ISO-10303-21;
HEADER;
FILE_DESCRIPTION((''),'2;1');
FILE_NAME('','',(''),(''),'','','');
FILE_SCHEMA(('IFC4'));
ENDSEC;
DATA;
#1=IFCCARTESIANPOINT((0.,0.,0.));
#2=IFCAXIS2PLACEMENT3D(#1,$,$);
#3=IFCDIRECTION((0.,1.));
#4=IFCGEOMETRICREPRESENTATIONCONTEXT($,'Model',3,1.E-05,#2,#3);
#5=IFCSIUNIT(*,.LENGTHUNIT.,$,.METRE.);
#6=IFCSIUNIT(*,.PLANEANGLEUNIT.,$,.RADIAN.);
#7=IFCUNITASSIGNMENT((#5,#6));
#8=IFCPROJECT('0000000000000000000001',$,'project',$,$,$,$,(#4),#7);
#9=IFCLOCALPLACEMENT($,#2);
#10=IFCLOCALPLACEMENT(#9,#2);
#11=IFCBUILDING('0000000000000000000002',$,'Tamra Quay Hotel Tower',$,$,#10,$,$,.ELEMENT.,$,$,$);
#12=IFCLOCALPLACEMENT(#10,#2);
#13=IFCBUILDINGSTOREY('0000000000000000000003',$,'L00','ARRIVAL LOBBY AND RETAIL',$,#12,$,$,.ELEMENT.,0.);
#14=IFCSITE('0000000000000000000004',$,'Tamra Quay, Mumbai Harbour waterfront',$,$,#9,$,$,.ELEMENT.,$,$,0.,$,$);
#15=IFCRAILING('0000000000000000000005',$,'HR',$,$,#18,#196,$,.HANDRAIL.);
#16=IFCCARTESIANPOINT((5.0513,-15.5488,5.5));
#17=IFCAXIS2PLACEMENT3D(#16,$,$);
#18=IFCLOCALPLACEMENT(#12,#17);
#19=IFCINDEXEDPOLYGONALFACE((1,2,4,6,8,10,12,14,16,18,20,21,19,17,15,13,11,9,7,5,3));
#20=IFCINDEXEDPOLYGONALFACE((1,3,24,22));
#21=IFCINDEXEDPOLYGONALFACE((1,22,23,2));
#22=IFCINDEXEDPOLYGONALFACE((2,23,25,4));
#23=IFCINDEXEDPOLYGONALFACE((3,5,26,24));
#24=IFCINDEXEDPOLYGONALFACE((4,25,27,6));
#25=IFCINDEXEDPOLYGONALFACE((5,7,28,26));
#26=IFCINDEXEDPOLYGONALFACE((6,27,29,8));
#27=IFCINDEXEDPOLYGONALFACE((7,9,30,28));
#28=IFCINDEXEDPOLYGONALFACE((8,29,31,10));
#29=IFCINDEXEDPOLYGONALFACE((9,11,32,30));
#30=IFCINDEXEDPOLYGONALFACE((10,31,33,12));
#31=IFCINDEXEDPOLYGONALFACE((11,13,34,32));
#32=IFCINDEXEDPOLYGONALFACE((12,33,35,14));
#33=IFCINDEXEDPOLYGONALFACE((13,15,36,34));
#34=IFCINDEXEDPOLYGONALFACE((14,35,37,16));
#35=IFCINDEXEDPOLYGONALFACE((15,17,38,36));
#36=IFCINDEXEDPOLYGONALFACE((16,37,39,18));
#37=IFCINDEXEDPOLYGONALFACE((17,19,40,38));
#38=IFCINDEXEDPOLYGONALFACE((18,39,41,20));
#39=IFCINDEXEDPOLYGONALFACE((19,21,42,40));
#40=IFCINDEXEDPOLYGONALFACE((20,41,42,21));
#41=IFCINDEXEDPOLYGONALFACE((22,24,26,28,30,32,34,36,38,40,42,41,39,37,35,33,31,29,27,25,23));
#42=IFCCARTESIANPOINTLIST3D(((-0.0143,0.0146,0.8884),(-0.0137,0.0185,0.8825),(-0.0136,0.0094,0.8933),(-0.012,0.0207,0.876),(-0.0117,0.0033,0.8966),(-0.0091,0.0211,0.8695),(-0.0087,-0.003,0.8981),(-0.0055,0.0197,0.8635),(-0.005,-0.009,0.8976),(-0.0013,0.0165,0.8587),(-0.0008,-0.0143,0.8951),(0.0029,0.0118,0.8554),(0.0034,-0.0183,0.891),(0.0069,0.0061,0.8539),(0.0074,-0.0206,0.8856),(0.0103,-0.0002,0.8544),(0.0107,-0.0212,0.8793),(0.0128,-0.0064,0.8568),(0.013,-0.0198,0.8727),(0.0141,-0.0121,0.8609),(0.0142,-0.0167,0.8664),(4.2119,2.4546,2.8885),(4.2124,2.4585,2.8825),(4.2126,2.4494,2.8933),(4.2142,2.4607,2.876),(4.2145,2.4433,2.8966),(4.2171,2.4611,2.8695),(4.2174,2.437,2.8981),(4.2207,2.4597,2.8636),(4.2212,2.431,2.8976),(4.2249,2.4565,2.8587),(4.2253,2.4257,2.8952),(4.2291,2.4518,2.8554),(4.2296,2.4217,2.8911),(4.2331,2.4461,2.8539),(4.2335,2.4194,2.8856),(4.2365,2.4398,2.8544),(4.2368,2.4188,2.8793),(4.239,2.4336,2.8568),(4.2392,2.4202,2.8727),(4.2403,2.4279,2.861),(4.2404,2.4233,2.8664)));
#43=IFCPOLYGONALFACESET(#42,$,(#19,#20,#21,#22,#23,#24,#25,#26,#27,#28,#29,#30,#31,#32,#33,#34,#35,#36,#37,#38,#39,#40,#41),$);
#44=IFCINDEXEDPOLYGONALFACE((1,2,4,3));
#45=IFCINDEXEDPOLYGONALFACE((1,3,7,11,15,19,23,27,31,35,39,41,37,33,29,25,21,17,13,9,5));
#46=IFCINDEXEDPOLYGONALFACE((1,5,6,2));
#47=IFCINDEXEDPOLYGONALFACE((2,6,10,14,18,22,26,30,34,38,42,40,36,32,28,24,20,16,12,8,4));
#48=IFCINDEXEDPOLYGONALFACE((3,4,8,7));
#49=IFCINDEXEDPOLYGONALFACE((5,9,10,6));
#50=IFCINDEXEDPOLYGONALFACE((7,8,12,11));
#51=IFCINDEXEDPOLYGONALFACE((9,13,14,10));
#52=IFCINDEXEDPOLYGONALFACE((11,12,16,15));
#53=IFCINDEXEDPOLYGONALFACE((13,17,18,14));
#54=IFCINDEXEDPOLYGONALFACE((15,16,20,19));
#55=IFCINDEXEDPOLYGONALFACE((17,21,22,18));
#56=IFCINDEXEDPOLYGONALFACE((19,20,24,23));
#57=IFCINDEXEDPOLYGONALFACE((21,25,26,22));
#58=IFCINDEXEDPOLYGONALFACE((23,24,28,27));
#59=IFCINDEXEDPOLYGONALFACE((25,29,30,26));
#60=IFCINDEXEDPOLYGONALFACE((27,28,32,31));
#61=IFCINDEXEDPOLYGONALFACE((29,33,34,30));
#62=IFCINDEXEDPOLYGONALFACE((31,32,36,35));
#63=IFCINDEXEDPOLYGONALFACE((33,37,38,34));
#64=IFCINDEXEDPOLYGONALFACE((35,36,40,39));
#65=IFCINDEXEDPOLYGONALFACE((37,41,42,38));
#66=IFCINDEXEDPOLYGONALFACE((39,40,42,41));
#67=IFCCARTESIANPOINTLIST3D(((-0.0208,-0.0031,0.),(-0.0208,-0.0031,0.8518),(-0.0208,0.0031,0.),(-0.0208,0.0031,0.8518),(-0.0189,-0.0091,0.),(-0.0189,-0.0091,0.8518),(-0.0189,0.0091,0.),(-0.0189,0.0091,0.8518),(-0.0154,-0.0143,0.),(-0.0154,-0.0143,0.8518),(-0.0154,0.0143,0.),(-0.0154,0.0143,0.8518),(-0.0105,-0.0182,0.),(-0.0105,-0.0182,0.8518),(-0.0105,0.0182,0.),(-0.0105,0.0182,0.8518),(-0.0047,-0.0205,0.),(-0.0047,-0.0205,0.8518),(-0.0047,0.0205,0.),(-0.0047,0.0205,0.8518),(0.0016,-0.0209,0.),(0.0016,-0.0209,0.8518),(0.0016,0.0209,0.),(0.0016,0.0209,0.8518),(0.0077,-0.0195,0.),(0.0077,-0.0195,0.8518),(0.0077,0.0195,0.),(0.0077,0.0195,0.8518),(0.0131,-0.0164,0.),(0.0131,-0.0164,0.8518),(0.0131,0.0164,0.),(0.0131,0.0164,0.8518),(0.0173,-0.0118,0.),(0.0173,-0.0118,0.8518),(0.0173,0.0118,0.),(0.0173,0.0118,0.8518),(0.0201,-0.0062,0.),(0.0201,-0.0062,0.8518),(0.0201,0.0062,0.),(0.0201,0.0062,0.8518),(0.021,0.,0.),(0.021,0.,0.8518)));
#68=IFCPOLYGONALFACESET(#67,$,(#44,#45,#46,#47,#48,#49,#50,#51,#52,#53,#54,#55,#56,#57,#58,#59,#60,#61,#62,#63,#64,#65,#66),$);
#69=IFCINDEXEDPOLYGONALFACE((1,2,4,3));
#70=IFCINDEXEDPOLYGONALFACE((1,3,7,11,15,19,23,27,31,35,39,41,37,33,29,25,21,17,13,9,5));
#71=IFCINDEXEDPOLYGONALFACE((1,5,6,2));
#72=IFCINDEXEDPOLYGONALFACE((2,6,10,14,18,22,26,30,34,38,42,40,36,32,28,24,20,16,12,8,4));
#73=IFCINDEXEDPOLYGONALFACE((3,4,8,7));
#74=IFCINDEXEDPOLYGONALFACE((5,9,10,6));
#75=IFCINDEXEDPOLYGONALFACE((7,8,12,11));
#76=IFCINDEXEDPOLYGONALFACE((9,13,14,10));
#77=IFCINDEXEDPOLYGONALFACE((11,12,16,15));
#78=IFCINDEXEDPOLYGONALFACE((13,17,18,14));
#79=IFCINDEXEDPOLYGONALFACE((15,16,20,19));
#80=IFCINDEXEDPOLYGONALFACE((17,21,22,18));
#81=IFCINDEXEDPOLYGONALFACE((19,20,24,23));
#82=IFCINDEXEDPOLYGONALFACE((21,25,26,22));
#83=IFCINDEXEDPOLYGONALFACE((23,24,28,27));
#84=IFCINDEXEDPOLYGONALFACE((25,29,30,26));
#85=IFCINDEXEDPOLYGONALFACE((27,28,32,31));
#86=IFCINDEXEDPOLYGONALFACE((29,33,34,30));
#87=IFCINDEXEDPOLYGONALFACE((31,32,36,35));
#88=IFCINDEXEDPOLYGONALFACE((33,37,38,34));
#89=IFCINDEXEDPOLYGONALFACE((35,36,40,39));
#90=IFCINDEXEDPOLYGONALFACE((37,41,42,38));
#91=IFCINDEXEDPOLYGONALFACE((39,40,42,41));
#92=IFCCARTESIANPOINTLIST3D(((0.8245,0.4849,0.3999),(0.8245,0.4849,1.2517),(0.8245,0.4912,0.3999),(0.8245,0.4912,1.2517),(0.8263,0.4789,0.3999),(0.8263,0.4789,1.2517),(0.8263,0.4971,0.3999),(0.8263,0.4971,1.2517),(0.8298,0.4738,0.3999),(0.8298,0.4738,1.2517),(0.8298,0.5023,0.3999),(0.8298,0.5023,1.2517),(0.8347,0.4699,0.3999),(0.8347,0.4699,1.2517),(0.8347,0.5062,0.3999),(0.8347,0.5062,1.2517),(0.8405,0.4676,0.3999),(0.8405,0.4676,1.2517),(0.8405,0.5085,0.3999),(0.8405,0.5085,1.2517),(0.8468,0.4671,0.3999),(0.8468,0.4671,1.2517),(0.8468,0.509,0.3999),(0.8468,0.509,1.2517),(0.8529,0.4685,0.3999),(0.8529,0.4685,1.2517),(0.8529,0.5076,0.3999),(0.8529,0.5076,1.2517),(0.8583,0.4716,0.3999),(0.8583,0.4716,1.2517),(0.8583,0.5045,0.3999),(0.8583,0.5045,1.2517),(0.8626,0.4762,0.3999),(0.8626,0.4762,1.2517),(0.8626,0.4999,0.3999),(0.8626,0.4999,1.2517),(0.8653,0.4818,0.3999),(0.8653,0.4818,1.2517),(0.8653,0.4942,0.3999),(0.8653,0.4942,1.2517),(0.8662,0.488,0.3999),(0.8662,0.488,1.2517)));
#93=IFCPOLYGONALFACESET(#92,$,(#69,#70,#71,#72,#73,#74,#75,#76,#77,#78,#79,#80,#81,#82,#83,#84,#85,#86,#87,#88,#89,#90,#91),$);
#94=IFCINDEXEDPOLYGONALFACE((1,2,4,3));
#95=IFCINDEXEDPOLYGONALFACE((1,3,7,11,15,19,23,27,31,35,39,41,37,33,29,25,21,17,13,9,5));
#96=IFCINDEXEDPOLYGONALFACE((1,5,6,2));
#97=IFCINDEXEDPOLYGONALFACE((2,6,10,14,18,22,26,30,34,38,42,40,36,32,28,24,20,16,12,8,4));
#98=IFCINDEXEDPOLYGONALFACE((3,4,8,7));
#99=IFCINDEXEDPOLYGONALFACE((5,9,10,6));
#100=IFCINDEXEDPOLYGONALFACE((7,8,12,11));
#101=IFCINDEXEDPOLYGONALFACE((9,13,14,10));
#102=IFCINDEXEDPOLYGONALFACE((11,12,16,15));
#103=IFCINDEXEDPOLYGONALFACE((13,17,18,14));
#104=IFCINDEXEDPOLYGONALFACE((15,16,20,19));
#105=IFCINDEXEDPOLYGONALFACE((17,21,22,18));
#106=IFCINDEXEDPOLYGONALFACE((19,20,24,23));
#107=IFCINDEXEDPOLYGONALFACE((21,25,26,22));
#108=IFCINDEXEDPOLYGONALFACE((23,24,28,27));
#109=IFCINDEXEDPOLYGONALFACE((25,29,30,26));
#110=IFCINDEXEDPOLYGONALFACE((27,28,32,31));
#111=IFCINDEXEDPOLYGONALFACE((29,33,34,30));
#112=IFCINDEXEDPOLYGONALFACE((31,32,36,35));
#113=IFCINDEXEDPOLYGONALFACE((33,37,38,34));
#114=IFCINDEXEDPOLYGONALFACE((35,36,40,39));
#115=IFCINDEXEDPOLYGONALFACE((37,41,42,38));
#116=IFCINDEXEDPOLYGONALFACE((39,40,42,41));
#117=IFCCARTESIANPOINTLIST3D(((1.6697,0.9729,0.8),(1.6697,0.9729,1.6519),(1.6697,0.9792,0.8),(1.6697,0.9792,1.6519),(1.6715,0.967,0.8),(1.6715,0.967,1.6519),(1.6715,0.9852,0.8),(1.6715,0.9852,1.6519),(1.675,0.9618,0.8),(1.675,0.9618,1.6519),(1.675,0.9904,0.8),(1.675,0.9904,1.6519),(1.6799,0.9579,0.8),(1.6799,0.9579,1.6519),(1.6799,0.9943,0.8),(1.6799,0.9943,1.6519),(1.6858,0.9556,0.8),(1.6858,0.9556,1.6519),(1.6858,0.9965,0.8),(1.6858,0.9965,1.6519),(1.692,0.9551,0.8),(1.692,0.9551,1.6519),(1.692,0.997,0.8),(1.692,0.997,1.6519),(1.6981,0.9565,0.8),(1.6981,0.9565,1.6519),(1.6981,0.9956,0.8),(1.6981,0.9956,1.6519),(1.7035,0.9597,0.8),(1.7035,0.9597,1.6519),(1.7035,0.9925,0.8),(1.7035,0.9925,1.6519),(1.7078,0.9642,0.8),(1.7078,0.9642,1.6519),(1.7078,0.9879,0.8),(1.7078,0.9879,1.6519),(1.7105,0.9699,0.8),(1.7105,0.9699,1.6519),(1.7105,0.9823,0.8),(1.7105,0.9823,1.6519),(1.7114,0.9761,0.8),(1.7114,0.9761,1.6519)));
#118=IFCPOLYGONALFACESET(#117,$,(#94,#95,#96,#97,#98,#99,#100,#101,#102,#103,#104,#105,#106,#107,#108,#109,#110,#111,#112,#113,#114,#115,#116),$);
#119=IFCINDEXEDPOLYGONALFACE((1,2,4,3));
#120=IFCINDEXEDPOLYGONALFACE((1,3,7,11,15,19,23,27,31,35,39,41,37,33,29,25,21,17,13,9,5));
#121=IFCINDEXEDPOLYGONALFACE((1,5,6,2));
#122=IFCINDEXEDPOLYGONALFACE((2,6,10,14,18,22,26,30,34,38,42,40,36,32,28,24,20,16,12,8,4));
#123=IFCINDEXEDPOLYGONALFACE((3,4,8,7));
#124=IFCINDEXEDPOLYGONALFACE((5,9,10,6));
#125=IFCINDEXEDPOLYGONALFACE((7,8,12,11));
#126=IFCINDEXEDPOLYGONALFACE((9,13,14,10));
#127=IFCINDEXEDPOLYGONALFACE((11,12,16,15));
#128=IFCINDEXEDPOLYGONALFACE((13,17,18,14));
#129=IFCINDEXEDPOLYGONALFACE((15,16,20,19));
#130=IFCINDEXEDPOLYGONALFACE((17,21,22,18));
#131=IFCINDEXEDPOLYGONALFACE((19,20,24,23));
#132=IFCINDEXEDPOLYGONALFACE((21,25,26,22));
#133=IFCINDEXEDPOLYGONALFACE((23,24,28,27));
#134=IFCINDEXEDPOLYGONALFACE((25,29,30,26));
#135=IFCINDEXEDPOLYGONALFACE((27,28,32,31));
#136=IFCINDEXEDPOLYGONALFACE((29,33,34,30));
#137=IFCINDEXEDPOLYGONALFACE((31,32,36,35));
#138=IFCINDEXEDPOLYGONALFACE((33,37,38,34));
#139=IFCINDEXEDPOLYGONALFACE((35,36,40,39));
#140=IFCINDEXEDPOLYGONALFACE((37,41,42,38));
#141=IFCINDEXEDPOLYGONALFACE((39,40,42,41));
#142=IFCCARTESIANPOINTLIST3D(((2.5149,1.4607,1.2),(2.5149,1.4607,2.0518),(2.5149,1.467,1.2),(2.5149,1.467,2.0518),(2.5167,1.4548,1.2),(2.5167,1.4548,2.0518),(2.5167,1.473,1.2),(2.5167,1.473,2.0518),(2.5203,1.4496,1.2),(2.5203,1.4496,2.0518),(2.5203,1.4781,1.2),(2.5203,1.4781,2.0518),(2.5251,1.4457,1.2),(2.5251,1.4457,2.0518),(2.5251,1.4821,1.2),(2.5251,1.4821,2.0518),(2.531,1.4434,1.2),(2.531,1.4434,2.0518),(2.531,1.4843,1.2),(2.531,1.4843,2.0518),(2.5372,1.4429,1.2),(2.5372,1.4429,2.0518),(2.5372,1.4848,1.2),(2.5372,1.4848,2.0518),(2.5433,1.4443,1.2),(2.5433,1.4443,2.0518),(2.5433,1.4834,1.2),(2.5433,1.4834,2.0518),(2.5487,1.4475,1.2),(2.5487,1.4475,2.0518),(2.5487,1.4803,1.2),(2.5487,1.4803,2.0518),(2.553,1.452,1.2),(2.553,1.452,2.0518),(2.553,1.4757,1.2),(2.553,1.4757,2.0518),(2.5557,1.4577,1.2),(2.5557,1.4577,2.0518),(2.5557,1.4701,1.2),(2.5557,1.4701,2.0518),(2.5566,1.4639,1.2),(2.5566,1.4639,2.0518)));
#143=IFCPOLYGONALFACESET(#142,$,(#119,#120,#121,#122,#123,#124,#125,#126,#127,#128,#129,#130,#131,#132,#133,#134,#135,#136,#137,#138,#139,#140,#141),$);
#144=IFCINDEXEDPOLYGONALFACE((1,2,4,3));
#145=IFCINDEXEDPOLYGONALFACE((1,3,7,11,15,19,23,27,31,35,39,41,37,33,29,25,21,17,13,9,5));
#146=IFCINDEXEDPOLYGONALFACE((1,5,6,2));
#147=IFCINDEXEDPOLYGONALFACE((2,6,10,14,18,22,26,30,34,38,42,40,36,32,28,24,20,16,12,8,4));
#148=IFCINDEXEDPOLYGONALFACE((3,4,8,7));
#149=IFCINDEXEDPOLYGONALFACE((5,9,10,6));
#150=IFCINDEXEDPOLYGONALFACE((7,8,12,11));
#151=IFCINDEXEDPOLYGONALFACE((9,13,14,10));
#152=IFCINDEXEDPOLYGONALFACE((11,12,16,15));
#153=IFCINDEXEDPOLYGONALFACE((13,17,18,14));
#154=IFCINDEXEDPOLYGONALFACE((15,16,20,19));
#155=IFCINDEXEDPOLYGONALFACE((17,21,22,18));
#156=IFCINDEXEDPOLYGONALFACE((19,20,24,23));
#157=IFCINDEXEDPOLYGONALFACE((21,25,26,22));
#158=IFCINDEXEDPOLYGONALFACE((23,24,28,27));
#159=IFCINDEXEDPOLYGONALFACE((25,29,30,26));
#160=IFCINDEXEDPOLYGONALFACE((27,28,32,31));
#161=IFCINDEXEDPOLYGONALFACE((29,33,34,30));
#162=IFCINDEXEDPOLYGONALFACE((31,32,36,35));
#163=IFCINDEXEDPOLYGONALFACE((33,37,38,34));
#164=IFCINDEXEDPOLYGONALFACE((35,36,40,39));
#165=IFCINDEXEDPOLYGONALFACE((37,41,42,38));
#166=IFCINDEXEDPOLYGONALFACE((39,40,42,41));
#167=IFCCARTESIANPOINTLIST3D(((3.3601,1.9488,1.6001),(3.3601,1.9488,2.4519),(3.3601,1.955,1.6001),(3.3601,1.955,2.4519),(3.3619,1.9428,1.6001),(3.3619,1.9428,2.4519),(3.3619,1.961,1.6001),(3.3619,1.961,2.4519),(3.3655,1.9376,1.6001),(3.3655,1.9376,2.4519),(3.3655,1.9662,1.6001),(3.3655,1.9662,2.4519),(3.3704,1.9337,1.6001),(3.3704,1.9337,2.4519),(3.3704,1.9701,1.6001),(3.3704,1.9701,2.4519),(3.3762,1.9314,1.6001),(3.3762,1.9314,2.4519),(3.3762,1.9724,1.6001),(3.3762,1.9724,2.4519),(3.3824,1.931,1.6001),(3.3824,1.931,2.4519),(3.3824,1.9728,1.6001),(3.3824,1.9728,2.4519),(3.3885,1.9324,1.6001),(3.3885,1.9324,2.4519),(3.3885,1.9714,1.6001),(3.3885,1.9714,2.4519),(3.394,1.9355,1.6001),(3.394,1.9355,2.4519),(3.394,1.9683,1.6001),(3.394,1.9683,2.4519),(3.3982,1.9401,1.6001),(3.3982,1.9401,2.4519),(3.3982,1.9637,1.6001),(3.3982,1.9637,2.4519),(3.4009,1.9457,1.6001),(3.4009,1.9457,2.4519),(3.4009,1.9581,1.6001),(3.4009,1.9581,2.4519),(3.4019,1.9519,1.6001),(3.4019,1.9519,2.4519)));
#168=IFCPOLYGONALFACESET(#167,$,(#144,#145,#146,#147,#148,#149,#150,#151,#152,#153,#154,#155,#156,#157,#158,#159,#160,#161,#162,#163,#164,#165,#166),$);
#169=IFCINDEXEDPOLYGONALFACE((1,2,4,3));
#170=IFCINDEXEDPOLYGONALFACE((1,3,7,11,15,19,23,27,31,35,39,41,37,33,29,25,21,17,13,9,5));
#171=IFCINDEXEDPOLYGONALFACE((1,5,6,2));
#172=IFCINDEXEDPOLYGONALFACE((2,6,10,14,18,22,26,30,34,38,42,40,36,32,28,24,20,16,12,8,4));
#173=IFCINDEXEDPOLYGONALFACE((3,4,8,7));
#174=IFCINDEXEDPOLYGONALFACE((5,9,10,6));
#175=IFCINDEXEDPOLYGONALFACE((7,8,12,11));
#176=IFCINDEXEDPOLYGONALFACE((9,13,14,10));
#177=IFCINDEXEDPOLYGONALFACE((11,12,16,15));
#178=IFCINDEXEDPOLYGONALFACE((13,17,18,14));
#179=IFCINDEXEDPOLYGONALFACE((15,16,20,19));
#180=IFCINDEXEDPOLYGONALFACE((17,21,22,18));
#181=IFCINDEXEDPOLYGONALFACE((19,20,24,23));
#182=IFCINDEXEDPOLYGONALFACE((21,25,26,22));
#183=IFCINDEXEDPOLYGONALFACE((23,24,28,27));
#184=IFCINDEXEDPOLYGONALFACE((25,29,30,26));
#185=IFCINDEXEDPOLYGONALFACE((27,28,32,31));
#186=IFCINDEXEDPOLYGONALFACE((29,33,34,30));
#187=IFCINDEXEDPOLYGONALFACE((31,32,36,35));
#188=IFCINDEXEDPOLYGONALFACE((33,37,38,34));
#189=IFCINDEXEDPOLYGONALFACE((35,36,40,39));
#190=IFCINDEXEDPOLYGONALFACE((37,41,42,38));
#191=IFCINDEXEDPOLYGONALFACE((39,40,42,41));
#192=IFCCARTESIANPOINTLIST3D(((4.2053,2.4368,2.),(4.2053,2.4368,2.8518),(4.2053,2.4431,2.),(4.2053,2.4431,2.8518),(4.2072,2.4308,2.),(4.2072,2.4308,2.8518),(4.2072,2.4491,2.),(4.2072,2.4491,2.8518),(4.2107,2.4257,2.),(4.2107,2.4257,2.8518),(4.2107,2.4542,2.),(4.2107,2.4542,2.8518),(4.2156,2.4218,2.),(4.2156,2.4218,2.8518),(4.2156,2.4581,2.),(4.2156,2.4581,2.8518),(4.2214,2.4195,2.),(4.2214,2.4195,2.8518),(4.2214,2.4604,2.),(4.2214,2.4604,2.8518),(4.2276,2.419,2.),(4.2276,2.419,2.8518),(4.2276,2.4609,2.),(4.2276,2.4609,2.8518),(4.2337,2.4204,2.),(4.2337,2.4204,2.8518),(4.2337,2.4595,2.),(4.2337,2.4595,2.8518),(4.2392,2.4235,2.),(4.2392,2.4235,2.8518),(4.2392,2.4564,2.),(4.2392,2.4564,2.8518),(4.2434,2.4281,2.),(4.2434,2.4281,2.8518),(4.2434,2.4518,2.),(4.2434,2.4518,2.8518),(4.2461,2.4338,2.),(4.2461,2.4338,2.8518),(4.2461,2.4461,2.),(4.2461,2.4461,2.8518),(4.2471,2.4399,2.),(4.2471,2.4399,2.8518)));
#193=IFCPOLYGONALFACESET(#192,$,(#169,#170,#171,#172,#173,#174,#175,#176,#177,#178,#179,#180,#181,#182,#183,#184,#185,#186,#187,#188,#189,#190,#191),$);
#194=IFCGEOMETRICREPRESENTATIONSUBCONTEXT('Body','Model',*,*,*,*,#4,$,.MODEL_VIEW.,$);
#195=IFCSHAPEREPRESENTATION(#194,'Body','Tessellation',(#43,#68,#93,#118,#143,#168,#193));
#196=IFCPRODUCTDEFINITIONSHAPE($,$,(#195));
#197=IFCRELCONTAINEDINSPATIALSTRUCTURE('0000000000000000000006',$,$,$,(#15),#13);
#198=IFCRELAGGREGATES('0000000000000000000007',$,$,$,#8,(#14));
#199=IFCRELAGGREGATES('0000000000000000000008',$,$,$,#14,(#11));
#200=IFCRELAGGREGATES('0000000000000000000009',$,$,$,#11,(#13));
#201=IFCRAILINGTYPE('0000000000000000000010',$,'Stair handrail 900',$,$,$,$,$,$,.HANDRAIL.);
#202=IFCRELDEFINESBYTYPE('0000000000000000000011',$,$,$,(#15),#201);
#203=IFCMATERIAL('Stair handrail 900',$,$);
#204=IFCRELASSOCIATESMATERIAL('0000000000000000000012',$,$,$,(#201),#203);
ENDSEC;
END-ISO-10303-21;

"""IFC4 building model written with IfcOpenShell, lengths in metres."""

from ifc_helpers import new_model, si_unit, direction, frame, origin, origin_2d, place, context, subcontext, project, spatial, circle, extrude, material, type_object, element, save


model = new_model("IFC4")

# Units and contexts
model_context = context("Model", 3, precision=1e-05, world=origin(), true_north=direction((0.0, 1.0)))
body_context = subcontext(model_context, "Body", "Model", "MODEL_VIEW")
ifc_project = project(units=[si_unit("LENGTHUNIT", "METRE"), si_unit("PLANEANGLEUNIT", "RADIAN")], contexts=[model_context])

# Site, building, storey
site_placement = place(None, origin())
site = spatial("IfcSite", under=ifc_project, at=site_placement, Name="Tamra Quay, Mumbai Harbour waterfront", CompositionType="ELEMENT", RefElevation=0.0)
building_placement = place(site_placement, origin())
building = spatial("IfcBuilding", under=site, at=building_placement, Name="Tamra Quay Hotel Tower", CompositionType="ELEMENT")
storey_placement = place(building_placement, origin())
storey = spatial("IfcBuildingStorey", under=building, at=storey_placement, Name="L00", Description="ARRIVAL LOBBY AND RETAIL", CompositionType="ELEMENT", Elevation=0.0)

# Railing
ifc_material_1 = material(Name="Stair handrail 900")
railing_type_1 = type_object("IfcRailingType", Name="Stair handrail 900", PredefinedType="HANDRAIL", material=ifc_material_1)
railing_1_placement = place(storey_placement, frame((5.0513, -15.5488, 5.5)))
element("IfcRailing", 1, at=railing_1_placement, inside=storey, type_object=railing_type_1, Name="HR", PredefinedType="HANDRAIL", context=body_context, shape_type="SweptSolid", body=[
    extrude(circle(Radius=0.0239, at=origin_2d()), frame((0.0, 0.0, 0.876), z_axis=(0.801333, 0.462653, 0.379233), x_axis=(-0.500003, 0.866024, 0.0)), (0.0, 0.0, 1.0), 5.2739),
    extrude(circle(Radius=0.021, at=origin_2d()), origin(), (0.0, 0.0, 1.0), 0.8518),
    extrude(circle(Radius=0.021, at=origin_2d()), frame((0.8452, 0.488, 0.3999)), (0.0, 0.0, 1.0), 0.8518),
    extrude(circle(Radius=0.021, at=origin_2d()), frame((1.6904, 0.9761, 0.8)), (0.0, 0.0, 1.0), 0.8518),
    extrude(circle(Radius=0.021, at=origin_2d()), frame((2.5356, 1.4639, 1.2)), (0.0, 0.0, 1.0), 0.8518),
    extrude(circle(Radius=0.021, at=origin_2d()), frame((3.3809, 1.9519, 1.6001)), (0.0, 0.0, 1.0), 0.8518),
    extrude(circle(Radius=0.021, at=origin_2d()), frame((4.2261, 2.4399, 2.0)), (0.0, 0.0, 1.0), 0.8518),
])

save(model, "model.ifc")
